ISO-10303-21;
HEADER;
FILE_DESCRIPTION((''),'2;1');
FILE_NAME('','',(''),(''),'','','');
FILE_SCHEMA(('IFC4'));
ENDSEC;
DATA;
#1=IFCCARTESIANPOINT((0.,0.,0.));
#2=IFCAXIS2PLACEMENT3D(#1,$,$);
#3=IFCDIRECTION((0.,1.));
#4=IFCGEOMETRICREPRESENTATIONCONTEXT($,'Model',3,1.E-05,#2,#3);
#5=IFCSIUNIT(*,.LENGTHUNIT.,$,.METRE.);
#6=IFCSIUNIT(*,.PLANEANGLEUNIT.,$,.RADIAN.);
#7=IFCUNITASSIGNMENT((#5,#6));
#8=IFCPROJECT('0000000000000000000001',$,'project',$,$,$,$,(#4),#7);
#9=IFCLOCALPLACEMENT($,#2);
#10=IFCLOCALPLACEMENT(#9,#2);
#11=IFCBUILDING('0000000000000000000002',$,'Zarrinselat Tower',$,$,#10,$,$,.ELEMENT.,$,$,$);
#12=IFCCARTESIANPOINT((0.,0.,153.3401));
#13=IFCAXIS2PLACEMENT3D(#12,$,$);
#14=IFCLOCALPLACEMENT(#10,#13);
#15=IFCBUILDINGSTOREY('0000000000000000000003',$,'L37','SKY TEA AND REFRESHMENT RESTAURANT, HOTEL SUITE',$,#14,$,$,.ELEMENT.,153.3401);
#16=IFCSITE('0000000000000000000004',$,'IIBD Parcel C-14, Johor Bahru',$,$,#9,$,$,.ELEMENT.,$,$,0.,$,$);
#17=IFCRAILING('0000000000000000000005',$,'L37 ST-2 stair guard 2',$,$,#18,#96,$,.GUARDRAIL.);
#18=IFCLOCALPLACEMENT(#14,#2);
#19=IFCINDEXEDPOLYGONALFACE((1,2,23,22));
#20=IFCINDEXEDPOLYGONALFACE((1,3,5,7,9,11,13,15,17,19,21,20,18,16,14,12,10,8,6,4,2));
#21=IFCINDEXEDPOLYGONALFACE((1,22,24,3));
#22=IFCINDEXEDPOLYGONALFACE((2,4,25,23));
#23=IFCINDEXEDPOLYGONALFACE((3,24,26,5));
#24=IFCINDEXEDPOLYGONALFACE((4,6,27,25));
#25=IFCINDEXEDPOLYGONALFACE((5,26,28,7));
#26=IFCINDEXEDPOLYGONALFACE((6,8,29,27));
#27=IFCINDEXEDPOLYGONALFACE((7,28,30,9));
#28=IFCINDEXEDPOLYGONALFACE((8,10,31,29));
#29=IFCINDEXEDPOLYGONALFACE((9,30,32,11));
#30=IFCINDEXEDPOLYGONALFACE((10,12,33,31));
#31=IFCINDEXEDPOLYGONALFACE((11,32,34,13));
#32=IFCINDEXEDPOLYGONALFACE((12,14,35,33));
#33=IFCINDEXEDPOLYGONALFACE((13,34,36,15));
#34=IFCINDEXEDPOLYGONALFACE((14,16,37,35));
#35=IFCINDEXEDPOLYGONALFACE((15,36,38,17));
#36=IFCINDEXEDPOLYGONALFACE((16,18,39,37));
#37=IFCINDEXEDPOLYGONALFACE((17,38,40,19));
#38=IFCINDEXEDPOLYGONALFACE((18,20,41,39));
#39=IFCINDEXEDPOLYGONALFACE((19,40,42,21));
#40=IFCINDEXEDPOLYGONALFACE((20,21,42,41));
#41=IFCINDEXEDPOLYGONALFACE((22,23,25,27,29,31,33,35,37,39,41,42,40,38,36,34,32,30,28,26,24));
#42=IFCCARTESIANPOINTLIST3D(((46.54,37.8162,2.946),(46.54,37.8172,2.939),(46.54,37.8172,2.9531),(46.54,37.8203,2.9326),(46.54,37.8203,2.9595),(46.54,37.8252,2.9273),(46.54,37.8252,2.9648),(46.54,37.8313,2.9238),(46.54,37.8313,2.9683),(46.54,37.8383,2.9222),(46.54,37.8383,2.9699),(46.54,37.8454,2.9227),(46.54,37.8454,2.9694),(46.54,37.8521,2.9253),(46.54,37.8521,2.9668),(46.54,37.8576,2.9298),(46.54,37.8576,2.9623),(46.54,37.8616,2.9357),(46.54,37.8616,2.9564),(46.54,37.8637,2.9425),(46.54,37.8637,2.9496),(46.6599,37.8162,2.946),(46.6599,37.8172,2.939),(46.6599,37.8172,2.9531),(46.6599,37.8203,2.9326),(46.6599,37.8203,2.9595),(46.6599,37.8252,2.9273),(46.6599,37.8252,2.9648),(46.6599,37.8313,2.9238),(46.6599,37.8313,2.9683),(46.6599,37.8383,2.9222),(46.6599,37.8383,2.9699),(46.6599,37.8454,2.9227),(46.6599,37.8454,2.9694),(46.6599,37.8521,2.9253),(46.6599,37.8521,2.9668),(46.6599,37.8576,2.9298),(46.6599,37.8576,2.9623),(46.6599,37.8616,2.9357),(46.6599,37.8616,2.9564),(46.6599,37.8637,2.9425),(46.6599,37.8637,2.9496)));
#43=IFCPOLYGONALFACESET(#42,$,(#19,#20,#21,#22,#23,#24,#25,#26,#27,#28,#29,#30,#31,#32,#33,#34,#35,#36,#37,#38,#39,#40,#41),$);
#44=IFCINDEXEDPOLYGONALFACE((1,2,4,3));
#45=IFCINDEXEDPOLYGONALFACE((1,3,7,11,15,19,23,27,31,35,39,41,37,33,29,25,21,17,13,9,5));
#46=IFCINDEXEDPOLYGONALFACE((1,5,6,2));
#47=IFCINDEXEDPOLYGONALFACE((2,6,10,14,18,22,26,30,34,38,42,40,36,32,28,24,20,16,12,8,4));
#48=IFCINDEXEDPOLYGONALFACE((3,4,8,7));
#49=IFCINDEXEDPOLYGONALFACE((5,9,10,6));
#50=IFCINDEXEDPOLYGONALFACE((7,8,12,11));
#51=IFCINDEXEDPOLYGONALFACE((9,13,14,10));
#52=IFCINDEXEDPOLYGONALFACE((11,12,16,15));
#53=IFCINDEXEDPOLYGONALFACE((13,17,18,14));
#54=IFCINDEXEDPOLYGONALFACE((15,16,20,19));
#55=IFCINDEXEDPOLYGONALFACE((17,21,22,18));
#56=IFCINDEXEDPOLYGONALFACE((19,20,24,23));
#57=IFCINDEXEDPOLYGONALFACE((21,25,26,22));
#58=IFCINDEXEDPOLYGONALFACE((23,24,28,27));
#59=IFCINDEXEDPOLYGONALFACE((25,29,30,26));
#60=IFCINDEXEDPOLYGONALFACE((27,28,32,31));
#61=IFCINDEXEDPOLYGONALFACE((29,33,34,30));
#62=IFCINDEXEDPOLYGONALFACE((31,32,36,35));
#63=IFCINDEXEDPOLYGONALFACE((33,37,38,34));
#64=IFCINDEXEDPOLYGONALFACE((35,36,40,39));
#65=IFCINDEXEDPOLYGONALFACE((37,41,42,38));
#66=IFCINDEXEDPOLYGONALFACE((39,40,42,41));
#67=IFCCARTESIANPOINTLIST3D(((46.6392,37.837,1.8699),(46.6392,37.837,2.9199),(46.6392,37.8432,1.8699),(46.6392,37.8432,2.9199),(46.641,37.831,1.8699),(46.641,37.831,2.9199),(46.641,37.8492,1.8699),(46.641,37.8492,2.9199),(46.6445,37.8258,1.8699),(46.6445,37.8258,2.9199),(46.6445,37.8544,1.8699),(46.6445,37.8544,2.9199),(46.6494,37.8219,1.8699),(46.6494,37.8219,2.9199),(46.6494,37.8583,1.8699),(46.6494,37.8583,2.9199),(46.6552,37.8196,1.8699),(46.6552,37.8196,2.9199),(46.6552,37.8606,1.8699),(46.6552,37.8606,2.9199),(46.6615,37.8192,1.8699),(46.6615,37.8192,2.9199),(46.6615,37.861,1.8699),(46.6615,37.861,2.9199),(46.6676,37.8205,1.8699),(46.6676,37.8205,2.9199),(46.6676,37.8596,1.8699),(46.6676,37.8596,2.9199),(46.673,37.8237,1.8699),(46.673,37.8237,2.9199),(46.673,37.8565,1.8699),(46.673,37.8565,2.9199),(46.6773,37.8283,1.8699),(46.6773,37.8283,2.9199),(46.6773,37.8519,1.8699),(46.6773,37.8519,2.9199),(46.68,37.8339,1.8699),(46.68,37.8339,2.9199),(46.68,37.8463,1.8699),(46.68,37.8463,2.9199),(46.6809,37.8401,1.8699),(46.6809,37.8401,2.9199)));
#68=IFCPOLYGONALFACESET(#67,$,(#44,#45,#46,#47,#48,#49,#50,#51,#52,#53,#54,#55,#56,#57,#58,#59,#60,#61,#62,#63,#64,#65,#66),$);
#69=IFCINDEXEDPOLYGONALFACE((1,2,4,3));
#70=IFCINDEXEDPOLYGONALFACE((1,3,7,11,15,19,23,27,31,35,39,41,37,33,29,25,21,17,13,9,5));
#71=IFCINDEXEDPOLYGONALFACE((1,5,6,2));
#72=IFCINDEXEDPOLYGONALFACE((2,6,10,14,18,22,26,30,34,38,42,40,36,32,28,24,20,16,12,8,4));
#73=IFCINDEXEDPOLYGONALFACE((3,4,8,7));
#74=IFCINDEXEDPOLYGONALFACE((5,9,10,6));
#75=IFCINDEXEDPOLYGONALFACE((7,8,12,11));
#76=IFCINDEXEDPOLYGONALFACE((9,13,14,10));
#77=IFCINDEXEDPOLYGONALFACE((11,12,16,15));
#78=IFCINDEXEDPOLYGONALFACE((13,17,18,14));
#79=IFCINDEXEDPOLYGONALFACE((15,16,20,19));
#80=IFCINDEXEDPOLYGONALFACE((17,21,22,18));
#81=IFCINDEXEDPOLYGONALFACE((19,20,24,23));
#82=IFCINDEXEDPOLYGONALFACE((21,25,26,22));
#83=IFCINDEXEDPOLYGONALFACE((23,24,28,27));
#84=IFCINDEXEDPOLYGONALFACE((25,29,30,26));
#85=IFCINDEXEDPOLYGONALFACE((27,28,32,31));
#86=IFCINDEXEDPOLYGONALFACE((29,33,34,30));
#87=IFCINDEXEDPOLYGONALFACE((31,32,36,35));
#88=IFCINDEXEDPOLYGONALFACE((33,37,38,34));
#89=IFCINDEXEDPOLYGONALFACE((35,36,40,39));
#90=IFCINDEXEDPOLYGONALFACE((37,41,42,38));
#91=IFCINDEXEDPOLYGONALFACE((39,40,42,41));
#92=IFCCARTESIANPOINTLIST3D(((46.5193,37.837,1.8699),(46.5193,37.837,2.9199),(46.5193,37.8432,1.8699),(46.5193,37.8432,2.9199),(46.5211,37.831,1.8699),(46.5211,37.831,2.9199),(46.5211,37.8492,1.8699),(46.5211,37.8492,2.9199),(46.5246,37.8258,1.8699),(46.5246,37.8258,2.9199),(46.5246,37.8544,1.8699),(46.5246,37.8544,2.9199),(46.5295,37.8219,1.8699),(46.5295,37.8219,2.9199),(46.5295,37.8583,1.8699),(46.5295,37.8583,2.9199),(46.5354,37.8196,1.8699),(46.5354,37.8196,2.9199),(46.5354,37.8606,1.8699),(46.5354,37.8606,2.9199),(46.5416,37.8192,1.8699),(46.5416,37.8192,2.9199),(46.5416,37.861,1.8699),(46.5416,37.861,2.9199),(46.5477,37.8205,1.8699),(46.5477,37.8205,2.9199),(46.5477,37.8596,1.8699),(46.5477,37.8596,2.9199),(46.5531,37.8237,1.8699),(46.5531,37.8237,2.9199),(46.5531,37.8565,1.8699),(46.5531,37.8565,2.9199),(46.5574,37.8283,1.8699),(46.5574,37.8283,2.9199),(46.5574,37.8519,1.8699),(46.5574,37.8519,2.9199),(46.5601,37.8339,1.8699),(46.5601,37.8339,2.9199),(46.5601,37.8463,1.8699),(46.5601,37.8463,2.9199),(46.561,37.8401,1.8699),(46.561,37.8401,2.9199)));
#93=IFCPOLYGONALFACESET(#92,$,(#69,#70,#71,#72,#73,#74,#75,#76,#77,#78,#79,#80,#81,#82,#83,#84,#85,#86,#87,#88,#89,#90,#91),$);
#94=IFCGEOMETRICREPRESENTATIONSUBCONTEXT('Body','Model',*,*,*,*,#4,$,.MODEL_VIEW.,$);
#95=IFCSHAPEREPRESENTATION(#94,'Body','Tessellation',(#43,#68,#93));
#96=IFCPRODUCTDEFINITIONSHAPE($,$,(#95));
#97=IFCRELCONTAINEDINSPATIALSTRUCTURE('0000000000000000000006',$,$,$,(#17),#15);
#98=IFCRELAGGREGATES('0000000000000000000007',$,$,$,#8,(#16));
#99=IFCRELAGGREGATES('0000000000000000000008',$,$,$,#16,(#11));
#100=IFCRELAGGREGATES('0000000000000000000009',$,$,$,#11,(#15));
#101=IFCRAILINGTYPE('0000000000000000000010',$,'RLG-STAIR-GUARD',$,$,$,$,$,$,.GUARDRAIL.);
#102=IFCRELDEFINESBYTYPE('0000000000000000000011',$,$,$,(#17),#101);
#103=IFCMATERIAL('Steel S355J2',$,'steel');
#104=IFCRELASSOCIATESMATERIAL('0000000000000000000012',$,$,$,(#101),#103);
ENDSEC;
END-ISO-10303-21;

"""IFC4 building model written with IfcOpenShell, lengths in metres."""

from ifc_helpers import new_model, si_unit, direction, frame, origin, origin_2d, place, context, subcontext, project, spatial, circle, extrude, material, type_object, element, save


model = new_model("IFC4")

# Units and contexts
model_context = context("Model", 3, precision=1e-05, world=origin(), true_north=direction((0.0, 1.0)))
body_context = subcontext(model_context, "Body", "Model", "MODEL_VIEW")
ifc_project = project(units=[si_unit("LENGTHUNIT", "METRE"), si_unit("PLANEANGLEUNIT", "RADIAN")], contexts=[model_context])

# Site, building, storey
site_placement = place(None, origin())
site = spatial("IfcSite", under=ifc_project, at=site_placement, Name="IIBD Parcel C-14, Johor Bahru", CompositionType="ELEMENT", RefElevation=0.0)
building_placement = place(site_placement, origin())
building = spatial("IfcBuilding", under=site, at=building_placement, Name="Zarrinselat Tower", CompositionType="ELEMENT")
storey_placement = place(building_placement, frame((0.0, 0.0, 153.3401)))
storey = spatial("IfcBuildingStorey", under=building, at=storey_placement, Name="L37", Description="SKY TEA AND REFRESHMENT RESTAURANT, HOTEL SUITE", CompositionType="ELEMENT", Elevation=153.3401)

# Railing
ifc_material_1 = material(Name="Steel S355J2", Category="steel")
railing_type_1 = type_object("IfcRailingType", Name="RLG-STAIR-GUARD", PredefinedType="GUARDRAIL", material=ifc_material_1)
railing_1_placement = place(storey_placement, frame((46.6599, 37.8401, 1.8699)))
element("IfcRailing", 1, at=railing_1_placement, inside=storey, type_object=railing_type_1, Name="L37 ST-2 stair guard 2", PredefinedType="GUARDRAIL", context=body_context, shape_type="SweptSolid", body=[
    extrude(circle(Radius=0.0239, at=origin_2d()), frame((0.0, 0.0, 1.0762), z_axis=(-1.0, 0.0, 0.0), x_axis=(0.0, -1.0, 0.0)), (0.0, 0.0, 1.0), 0.1199),
    extrude(circle(Radius=0.021, at=origin_2d()), origin(), (0.0, 0.0, 1.0), 1.05),
    extrude(circle(Radius=0.021, at=origin_2d()), frame((-0.1199, 0.0, 0.0)), (0.0, 0.0, 1.0), 1.05),
])

save(model, "model.ifc")
